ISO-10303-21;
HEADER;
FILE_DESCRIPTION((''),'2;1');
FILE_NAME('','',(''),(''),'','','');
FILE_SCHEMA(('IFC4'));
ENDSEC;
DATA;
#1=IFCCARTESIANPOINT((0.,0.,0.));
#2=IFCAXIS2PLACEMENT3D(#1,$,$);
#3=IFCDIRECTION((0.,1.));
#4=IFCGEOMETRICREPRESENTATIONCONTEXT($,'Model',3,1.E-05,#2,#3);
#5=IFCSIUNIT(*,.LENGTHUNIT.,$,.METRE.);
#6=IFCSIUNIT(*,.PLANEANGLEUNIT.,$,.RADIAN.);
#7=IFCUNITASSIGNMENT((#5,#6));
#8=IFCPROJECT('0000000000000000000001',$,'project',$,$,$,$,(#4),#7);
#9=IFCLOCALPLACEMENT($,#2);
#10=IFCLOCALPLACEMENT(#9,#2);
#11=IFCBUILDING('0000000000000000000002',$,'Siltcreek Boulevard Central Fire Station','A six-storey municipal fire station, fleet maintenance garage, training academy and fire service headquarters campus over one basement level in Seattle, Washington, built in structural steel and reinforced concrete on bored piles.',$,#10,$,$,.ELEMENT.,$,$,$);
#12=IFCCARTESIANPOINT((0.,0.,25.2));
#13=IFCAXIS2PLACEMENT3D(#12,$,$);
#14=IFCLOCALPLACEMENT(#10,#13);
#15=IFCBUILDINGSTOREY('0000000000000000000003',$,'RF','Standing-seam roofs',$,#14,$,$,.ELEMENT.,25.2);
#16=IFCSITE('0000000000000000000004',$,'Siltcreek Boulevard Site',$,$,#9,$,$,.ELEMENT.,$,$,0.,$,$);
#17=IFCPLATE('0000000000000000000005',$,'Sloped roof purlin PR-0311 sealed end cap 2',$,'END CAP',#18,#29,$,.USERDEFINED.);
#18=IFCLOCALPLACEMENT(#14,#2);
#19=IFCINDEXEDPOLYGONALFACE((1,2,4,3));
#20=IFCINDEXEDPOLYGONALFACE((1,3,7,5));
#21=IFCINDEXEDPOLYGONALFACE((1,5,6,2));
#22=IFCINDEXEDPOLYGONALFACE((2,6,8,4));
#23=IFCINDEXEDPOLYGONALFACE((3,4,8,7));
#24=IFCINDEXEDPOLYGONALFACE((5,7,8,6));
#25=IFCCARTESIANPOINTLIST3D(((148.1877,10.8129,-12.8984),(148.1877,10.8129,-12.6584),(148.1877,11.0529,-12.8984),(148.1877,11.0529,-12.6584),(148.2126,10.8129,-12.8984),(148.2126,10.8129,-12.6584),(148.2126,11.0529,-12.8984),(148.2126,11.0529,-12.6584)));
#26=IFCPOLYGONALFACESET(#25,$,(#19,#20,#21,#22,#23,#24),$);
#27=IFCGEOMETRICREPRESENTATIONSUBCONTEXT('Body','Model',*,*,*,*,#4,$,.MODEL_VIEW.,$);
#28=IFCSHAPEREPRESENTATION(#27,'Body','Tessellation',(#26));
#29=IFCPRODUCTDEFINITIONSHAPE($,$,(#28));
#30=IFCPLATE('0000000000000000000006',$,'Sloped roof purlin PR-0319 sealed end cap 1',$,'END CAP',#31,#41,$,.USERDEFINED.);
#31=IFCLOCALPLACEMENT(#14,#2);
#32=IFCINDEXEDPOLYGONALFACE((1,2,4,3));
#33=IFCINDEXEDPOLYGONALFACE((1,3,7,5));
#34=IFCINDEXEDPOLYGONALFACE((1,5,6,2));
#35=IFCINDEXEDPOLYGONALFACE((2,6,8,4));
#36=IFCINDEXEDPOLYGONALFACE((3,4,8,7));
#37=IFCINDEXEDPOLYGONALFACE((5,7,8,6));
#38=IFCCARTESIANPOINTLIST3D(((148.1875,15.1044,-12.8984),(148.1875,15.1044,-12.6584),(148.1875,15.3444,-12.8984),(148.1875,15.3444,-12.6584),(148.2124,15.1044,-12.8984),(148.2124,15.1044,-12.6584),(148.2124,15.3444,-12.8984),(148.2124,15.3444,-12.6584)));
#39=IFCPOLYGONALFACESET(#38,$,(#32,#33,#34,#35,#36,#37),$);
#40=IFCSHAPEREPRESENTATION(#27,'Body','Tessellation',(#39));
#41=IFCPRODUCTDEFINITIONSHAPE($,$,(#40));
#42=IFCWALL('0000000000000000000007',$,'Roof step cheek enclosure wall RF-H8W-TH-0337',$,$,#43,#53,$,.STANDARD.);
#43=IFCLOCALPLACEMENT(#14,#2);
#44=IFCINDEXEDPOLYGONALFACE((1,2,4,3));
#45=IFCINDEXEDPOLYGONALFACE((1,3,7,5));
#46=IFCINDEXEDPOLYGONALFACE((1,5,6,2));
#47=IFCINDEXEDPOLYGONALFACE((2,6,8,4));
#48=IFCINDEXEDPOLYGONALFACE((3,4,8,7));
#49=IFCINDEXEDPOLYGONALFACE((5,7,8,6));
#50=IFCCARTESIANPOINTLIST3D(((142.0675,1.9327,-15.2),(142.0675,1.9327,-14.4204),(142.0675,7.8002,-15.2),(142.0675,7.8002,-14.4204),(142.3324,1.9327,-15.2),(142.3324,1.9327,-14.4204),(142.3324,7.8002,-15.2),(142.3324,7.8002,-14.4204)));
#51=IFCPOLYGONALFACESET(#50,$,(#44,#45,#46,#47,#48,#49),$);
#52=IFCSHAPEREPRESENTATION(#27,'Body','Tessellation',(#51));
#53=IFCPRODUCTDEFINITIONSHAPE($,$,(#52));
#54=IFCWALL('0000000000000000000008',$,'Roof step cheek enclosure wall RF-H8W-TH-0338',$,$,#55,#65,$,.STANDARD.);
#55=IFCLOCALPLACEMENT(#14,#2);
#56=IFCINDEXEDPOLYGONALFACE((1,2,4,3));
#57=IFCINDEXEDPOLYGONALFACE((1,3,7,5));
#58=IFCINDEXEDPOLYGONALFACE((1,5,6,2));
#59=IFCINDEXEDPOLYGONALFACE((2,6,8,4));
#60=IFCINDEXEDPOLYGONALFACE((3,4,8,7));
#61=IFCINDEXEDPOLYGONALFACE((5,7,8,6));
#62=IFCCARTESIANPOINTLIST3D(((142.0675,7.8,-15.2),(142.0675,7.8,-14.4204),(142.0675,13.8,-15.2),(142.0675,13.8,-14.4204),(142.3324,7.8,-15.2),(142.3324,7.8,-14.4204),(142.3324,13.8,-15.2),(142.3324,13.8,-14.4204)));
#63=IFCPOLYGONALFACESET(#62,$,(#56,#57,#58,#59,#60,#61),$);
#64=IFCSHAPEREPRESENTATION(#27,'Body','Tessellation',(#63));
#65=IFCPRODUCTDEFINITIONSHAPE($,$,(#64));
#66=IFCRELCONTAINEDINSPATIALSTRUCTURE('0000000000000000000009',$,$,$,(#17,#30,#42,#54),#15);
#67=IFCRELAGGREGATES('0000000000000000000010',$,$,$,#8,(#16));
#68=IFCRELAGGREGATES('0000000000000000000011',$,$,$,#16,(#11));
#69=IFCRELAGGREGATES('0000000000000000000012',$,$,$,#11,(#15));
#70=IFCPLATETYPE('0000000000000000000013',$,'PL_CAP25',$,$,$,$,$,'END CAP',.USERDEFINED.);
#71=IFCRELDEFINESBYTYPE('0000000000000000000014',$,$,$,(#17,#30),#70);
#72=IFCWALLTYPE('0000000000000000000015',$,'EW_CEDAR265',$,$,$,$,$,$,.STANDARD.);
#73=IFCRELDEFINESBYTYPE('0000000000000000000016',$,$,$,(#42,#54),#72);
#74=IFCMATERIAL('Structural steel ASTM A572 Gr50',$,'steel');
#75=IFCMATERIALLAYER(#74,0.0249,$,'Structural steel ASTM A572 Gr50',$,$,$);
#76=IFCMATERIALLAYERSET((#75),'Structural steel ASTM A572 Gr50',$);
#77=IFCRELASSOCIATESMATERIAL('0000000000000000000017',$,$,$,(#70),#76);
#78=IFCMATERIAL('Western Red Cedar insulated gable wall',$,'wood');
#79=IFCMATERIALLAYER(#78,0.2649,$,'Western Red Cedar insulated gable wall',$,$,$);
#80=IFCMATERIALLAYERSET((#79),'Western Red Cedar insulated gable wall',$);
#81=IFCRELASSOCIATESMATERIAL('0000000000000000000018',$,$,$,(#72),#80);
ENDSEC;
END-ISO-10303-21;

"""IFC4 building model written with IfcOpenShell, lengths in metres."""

from ifc_helpers import new_model, si_unit, direction, frame, frame_2d, origin, origin_2d, place, context, subcontext, project, spatial, rectangle, extrude, material, layer, layer_set, type_object, element, save


model = new_model("IFC4")

# Units and contexts
model_context = context("Model", 3, precision=1e-05, world=origin(), true_north=direction((0.0, 1.0)))
body_context = subcontext(model_context, "Body", "Model", "MODEL_VIEW")
ifc_project = project(units=[si_unit("LENGTHUNIT", "METRE"), si_unit("PLANEANGLEUNIT", "RADIAN")], contexts=[model_context])

# Site, building, storey
site_placement = place(None, origin())
site = spatial("IfcSite", under=ifc_project, at=site_placement, Name="Siltcreek Boulevard Site", CompositionType="ELEMENT", RefElevation=0.0)
building_placement = place(site_placement, origin())
building = spatial("IfcBuilding", under=site, at=building_placement, Name="Siltcreek Boulevard Central Fire Station", Description="A six-storey municipal fire station, fleet maintenance garage, training academy and fire service headquarters campus over one basement level in Seattle, Washington, built in structural steel and reinforced concrete on bored piles.", CompositionType="ELEMENT")
storey_placement = place(building_placement, frame((0.0, 0.0, 25.2)))
storey = spatial("IfcBuildingStorey", under=building, at=storey_placement, Name="RF", Description="Standing-seam roofs", CompositionType="ELEMENT", Elevation=25.2)

# Plates
ifc_material_1 = material(Name="Structural steel ASTM A572 Gr50", Category="steel")
ifc_layer_1 = layer(ifc_material_1, 0.0249, Name="Structural steel ASTM A572 Gr50")
ifc_layer_set_1 = layer_set([ifc_layer_1], Name="Structural steel ASTM A572 Gr50")
plate_type = type_object("IfcPlateType", Name="PL_CAP25", ElementType="END CAP", PredefinedType="USERDEFINED", material=ifc_layer_set_1)
for number, where, z_axis, x_axis, name in (
    (1, (148.2002, 10.9329, -12.8984), (0.0, 0.0, 1.0), (1.0, 0.0, 0.0), "Sloped roof purlin PR-0311 sealed end cap 2"),
    (2, (148.2, 15.2244, -12.8984), (0.0, 0.0, 1.0), (1.0, 0.0, 0.0), "Sloped roof purlin PR-0319 sealed end cap 1"),
):
    element("IfcPlate", number, at=place(storey_placement, frame(where, z_axis=z_axis, x_axis=x_axis)), inside=storey, type_object=plate_type, Name=name, ObjectType="END CAP", PredefinedType="USERDEFINED", context=body_context, shape_type="SweptSolid", body=[
        extrude(rectangle(XDim=0.0249, YDim=0.24, at=origin_2d()), origin(), (0.0, 0.0, 1.0), 0.24),
    ])

# Walls
ifc_material_2 = material(Name="Western Red Cedar insulated gable wall", Category="wood")
ifc_layer_2 = layer(ifc_material_2, 0.2649, Name="Western Red Cedar insulated gable wall")
ifc_layer_set_2 = layer_set([ifc_layer_2], Name="Western Red Cedar insulated gable wall")
wall_type = type_object("IfcWallType", Name="EW_CEDAR265", PredefinedType="STANDARD", material=ifc_layer_set_2)
wall_1_placement = place(storey_placement, frame((142.2, 7.8, -15.2), z_axis=(0.0, 0.0, 1.0), x_axis=(0.0, -1.0, 0.0)))
element("IfcWall", 3, at=wall_1_placement, inside=storey, type_object=wall_type, Name="Roof step cheek enclosure wall RF-H8W-TH-0337", PredefinedType="STANDARD", context=body_context, shape_type="SweptSolid", body=[
    extrude(rectangle(XDim=5.8674, YDim=0.2649, at=frame_2d((2.9336, 0.0))), origin(), (0.0, 0.0, 1.0), 0.7795),
])
wall_2_placement = place(storey_placement, frame((142.2, 13.8, -15.2), z_axis=(0.0, 0.0, 1.0), x_axis=(0.0, -1.0, 0.0)))
element("IfcWall", 4, at=wall_2_placement, inside=storey, type_object=wall_type, Name="Roof step cheek enclosure wall RF-H8W-TH-0338", PredefinedType="STANDARD", context=body_context, shape_type="SweptSolid", body=[
    extrude(rectangle(XDim=6.0, YDim=0.2649, at=frame_2d((3.0, 0.0))), origin(), (0.0, 0.0, 1.0), 0.7795),
])

save(model, "model.ifc")
